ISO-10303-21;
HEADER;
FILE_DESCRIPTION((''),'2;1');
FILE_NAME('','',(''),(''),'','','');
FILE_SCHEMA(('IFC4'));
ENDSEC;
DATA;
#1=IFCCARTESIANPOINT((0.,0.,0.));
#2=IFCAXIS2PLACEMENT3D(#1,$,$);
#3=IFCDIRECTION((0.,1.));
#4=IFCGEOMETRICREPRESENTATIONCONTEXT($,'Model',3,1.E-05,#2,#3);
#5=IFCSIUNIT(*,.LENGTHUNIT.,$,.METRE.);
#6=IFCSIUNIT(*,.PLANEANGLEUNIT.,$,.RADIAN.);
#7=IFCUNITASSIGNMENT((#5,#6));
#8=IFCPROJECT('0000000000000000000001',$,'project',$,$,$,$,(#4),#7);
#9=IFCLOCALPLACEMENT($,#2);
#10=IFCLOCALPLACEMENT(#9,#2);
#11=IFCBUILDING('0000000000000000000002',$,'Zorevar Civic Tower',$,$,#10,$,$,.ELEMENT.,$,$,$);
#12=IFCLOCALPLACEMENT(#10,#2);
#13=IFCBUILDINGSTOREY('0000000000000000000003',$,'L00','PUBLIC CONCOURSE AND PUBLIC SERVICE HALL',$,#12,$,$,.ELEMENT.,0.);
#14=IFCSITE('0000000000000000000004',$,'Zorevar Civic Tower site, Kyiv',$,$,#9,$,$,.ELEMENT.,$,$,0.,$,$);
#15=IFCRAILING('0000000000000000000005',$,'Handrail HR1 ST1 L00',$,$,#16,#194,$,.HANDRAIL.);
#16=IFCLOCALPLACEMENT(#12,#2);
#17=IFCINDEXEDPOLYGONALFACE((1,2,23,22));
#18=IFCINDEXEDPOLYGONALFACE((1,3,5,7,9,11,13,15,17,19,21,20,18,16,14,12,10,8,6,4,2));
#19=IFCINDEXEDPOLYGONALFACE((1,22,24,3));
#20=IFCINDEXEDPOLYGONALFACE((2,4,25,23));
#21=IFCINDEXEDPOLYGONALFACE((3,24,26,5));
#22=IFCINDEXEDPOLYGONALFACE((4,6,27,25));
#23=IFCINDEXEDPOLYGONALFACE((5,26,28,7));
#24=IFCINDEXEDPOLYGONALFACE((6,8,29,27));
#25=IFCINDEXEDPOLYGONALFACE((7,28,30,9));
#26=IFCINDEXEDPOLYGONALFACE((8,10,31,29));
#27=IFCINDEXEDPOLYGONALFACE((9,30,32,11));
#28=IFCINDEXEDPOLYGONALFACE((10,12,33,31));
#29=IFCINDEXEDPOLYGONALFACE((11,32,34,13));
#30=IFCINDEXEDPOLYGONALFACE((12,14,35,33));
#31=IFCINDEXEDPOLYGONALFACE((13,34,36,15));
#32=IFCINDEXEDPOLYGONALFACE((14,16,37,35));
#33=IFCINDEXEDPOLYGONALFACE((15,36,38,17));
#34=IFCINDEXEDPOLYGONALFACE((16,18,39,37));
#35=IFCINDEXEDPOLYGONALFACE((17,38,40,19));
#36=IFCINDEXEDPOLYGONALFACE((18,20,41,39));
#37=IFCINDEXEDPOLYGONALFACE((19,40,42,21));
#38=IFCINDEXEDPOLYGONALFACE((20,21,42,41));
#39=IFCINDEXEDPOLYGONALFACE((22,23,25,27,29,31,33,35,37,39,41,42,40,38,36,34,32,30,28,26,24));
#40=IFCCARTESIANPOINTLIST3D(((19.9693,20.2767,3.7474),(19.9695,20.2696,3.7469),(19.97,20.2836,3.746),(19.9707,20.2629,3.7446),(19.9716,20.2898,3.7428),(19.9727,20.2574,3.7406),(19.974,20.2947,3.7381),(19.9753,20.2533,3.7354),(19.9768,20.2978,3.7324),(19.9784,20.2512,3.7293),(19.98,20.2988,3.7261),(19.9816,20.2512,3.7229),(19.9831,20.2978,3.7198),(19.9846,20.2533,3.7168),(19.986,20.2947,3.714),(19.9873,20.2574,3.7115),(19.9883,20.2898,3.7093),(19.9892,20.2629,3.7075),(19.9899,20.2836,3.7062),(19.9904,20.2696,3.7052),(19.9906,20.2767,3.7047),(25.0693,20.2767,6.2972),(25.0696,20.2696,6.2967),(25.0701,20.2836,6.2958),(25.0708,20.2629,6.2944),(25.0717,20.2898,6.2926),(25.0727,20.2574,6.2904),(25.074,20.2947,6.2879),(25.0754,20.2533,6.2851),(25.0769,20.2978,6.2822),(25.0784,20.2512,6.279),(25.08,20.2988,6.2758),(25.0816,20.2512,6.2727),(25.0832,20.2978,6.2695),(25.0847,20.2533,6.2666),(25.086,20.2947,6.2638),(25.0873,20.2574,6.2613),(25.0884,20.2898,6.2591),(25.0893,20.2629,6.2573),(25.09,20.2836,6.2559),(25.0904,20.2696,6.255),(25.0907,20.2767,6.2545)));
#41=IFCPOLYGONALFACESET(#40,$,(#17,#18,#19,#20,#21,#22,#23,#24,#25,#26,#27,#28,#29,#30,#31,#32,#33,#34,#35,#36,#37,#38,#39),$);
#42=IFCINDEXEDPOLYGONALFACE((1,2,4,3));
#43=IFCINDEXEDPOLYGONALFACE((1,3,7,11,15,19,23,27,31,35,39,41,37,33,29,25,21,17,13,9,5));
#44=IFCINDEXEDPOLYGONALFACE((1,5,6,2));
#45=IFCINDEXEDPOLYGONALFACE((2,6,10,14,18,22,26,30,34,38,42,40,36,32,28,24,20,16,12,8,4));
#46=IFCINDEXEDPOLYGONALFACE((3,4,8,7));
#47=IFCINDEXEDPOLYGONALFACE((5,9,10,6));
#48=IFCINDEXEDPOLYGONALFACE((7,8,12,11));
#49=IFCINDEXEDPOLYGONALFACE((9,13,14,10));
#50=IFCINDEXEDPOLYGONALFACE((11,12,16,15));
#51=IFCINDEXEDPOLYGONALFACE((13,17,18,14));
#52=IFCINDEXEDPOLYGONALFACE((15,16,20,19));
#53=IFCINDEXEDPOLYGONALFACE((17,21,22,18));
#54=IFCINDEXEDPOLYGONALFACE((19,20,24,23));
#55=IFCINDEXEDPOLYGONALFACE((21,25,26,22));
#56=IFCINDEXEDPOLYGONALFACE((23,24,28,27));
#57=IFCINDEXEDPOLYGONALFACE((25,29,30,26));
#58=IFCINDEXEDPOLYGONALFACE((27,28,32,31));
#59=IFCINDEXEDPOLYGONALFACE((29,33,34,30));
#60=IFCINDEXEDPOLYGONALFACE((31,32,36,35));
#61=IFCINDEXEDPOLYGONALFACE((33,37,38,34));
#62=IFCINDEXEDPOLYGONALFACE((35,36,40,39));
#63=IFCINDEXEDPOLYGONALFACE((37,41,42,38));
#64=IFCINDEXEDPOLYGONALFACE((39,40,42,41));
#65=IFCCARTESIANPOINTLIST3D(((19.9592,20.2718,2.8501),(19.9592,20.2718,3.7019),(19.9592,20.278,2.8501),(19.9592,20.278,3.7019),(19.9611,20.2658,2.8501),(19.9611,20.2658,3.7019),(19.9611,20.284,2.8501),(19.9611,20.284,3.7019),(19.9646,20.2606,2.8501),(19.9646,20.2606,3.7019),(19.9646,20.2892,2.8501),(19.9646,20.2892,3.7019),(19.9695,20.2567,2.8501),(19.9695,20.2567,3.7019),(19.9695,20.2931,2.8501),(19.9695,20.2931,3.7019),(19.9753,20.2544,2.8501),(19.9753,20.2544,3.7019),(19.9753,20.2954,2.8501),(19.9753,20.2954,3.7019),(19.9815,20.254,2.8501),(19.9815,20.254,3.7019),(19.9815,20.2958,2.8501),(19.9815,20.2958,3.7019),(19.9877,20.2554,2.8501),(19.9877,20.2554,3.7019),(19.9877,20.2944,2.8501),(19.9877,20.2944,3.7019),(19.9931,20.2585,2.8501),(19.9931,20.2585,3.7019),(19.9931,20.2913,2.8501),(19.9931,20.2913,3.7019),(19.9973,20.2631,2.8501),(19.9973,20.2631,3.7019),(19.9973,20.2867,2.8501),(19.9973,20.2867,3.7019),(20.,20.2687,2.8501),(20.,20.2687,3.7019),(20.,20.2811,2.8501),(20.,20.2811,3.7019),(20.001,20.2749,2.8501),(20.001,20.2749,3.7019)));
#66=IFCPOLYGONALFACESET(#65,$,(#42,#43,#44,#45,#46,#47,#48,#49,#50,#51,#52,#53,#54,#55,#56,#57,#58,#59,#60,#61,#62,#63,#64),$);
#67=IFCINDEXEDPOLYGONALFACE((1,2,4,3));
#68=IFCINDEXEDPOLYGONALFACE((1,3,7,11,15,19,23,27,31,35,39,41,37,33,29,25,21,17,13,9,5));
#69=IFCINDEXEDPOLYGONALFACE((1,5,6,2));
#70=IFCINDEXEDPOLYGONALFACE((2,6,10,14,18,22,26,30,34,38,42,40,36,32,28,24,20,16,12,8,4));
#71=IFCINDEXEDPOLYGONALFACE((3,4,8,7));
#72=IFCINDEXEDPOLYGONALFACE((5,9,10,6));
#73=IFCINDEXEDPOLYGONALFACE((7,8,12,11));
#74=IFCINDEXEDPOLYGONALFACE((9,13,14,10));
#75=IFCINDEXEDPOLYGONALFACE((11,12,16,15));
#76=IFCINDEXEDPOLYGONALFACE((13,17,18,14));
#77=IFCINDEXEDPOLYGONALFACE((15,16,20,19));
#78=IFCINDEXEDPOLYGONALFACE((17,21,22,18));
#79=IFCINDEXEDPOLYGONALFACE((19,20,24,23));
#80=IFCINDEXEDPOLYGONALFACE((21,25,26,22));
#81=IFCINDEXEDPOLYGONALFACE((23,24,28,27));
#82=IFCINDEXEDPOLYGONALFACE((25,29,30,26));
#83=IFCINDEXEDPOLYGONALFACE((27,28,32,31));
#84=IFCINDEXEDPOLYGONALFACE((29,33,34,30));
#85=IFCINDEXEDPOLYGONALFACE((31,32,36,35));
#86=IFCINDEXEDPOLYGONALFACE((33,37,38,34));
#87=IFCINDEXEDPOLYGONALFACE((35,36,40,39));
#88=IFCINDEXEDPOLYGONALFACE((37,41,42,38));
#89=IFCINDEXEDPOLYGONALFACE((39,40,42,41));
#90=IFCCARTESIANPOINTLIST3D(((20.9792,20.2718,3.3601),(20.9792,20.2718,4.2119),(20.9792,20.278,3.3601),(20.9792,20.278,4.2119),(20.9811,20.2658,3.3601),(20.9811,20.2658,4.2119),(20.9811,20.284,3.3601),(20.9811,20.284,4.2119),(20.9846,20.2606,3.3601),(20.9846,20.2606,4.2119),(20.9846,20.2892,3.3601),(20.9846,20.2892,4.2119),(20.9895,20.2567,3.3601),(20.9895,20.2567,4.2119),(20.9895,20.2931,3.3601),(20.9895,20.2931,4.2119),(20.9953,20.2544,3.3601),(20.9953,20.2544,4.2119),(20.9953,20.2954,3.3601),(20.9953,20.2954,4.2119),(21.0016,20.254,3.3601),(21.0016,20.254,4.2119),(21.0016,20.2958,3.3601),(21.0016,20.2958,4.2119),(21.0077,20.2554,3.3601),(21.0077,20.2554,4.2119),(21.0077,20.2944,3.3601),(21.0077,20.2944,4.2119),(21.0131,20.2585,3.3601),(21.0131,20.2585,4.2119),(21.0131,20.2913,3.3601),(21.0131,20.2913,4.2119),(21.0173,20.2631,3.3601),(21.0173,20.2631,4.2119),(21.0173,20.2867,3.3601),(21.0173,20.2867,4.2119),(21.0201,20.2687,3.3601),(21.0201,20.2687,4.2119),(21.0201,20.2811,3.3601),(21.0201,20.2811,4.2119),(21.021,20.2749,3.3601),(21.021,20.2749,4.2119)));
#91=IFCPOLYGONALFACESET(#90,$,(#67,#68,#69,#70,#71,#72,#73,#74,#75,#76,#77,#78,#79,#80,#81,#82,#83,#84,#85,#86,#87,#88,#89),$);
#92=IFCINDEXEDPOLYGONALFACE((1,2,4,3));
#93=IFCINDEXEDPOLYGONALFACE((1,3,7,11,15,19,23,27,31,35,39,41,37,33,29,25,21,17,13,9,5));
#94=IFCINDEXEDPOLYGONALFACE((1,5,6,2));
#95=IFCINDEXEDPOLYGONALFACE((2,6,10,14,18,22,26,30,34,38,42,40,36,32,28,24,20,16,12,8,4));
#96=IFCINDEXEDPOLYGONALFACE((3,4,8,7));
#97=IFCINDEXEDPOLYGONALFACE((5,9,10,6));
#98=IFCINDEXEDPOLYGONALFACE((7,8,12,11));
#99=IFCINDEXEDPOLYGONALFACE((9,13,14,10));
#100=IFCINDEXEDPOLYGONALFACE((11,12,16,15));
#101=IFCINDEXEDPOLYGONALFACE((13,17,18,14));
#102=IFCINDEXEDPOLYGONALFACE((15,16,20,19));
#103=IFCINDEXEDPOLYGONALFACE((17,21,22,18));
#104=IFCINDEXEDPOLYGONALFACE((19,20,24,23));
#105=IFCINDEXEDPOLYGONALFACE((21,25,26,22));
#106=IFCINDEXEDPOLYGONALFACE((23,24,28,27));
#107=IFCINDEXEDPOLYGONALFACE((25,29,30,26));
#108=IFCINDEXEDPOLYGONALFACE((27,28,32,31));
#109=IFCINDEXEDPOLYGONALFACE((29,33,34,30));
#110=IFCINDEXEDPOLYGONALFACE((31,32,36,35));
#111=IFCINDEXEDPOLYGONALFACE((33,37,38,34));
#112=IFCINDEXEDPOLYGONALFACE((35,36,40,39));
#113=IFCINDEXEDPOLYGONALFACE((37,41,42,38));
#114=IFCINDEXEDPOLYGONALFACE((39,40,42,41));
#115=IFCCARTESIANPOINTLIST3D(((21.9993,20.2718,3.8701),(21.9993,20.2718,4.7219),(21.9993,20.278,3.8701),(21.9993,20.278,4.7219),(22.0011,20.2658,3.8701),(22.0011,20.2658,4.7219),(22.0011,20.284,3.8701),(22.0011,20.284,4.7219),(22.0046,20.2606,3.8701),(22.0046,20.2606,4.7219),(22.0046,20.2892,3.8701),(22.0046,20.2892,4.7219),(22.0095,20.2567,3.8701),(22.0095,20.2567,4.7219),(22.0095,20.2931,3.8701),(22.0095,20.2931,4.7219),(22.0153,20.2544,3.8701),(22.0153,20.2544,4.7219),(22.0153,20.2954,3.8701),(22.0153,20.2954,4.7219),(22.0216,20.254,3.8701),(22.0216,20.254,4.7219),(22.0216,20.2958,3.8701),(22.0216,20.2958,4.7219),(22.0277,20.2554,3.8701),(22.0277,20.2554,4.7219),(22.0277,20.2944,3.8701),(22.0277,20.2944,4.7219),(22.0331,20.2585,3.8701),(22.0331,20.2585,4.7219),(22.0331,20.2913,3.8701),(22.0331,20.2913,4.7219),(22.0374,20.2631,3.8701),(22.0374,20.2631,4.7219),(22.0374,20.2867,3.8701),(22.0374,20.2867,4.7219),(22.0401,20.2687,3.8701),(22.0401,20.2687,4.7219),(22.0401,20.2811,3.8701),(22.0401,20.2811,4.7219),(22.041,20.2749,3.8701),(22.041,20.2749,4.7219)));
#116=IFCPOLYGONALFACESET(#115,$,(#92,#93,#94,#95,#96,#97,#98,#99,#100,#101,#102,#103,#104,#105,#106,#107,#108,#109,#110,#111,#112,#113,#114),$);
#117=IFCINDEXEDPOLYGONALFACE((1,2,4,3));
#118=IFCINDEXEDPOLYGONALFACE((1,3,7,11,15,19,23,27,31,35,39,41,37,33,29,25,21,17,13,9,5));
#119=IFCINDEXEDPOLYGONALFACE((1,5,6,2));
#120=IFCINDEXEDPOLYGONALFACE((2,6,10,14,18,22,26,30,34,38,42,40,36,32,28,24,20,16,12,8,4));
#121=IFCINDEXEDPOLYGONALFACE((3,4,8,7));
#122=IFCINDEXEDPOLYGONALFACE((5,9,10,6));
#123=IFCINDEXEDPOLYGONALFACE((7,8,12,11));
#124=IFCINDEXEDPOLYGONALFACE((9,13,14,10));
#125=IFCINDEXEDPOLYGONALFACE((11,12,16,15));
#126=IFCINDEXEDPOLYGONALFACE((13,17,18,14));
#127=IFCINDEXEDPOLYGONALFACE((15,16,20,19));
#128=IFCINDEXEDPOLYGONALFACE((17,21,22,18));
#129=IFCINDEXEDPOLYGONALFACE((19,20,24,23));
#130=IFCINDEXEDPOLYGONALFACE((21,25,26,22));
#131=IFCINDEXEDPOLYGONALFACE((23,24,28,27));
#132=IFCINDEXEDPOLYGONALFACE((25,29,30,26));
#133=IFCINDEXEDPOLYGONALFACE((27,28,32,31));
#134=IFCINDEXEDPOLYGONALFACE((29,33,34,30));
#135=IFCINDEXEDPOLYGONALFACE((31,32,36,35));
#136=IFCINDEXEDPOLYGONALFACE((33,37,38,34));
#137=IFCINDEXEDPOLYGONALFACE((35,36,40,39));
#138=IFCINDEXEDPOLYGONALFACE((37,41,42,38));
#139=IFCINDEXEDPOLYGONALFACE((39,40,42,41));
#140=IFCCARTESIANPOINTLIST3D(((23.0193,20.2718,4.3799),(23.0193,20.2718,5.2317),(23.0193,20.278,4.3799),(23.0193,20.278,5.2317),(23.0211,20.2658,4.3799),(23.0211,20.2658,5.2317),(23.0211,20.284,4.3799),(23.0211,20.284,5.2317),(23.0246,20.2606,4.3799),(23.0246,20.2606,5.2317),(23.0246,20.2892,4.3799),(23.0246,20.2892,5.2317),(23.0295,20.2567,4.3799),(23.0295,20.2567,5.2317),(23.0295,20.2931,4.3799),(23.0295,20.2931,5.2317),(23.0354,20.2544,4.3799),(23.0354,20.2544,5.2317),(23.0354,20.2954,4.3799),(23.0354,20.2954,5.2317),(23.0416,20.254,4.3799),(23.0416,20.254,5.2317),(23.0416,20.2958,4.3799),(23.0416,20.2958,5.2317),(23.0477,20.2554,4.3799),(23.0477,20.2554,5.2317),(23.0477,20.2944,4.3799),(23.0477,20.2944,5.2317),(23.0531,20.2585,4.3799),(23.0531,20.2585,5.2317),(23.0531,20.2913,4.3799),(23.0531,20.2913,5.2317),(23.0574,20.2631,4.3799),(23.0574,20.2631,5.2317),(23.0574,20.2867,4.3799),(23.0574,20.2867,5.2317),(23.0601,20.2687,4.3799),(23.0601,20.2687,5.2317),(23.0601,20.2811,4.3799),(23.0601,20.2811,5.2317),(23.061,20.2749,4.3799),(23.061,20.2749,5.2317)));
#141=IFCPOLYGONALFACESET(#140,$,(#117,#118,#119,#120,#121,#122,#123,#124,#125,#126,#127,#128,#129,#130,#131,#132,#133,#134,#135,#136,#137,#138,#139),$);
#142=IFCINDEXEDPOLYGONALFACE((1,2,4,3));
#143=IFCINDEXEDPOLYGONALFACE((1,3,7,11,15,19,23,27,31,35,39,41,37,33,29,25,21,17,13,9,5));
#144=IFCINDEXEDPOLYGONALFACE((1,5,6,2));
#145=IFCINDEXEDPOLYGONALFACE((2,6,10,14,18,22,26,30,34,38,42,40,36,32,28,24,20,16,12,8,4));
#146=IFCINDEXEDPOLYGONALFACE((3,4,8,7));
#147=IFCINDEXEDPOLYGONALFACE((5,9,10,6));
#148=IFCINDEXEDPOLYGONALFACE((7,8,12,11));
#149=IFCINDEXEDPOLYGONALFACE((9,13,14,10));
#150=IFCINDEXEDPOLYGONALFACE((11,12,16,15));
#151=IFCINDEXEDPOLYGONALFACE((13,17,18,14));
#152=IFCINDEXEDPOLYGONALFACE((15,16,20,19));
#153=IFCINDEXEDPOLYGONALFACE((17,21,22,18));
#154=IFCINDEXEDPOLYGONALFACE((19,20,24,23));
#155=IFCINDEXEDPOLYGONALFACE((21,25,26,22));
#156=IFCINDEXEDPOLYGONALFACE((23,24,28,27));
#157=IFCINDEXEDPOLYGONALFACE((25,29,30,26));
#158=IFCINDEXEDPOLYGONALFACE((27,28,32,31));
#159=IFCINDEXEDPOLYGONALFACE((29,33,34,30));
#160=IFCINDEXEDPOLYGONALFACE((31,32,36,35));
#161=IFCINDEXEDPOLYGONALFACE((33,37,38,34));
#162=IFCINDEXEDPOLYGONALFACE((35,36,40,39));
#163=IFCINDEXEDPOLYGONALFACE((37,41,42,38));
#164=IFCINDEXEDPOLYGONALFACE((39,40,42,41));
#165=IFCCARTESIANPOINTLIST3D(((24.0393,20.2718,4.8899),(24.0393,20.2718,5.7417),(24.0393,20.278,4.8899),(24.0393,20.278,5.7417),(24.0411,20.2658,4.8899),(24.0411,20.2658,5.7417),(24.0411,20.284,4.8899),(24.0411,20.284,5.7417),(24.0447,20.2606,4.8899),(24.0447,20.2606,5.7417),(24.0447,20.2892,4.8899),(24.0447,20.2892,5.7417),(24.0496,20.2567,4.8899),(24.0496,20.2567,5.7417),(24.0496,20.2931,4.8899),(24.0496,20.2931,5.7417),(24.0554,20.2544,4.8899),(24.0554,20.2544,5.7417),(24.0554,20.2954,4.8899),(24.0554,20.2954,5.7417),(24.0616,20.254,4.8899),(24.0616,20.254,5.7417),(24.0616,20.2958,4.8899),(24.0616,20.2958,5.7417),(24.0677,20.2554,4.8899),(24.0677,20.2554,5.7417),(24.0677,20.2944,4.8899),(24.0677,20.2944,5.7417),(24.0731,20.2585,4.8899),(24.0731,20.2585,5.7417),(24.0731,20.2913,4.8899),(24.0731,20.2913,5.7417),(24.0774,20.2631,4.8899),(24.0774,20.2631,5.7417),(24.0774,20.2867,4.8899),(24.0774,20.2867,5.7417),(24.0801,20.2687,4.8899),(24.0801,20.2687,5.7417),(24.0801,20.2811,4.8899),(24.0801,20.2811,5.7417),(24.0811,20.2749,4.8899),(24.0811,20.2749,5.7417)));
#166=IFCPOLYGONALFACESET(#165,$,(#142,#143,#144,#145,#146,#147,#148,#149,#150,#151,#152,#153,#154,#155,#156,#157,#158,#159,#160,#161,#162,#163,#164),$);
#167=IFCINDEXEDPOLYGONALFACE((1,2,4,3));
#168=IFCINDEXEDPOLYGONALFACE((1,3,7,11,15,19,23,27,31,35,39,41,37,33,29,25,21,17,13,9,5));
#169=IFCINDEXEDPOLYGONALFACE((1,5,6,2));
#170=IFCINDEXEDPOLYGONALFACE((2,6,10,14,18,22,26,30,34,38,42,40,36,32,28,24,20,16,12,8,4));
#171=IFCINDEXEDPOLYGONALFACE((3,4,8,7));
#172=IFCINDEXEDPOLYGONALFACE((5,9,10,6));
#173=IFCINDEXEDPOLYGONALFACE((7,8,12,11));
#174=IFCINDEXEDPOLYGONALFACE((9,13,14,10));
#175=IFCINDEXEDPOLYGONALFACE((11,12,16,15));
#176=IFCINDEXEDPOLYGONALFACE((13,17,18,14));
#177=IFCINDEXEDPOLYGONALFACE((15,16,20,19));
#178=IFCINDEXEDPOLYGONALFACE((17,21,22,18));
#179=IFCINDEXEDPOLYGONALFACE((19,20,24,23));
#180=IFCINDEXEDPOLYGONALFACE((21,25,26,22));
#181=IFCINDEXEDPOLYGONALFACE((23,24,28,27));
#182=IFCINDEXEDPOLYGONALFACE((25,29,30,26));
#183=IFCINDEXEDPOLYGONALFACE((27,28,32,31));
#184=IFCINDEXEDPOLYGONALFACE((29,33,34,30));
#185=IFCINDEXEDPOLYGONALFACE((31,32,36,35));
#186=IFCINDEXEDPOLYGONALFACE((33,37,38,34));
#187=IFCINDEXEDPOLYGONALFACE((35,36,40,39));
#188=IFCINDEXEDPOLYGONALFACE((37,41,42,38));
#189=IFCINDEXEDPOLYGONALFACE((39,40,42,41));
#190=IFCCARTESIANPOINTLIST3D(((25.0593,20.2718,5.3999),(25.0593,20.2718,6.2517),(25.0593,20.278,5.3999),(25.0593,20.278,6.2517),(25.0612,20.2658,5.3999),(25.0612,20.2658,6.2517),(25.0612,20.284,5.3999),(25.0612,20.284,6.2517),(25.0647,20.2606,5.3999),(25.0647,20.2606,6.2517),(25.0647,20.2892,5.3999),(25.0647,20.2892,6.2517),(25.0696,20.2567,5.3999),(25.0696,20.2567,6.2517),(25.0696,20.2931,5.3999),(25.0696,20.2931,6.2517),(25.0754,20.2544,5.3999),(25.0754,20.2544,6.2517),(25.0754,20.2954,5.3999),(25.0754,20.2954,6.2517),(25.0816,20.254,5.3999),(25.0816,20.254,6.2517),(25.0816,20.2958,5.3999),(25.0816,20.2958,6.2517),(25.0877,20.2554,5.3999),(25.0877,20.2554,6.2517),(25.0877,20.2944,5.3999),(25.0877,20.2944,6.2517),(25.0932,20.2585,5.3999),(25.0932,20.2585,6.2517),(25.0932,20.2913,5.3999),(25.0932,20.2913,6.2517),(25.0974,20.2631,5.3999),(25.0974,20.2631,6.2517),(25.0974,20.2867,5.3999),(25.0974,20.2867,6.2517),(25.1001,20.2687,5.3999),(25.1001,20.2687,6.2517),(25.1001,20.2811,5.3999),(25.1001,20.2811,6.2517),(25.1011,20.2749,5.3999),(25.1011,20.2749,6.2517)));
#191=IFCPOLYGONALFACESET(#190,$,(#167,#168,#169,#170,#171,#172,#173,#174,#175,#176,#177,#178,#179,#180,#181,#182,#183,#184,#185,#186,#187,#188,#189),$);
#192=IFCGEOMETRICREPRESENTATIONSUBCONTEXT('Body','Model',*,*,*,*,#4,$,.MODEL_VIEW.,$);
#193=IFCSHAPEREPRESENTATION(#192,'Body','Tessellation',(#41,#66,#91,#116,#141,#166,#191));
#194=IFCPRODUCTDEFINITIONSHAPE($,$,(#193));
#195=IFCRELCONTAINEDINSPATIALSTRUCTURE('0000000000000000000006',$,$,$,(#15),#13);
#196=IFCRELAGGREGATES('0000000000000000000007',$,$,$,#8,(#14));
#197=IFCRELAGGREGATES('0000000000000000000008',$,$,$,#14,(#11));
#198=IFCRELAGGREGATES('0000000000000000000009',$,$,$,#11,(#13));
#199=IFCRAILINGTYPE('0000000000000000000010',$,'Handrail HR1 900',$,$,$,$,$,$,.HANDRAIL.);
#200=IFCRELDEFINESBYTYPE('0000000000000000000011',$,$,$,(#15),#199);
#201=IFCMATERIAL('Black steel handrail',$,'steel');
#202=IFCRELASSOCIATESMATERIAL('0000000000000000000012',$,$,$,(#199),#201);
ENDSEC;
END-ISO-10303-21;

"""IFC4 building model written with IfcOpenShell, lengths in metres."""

from ifc_helpers import new_model, si_unit, direction, frame, origin, origin_2d, place, context, subcontext, project, spatial, circle, extrude, material, type_object, element, save


model = new_model("IFC4")

# Units and contexts
model_context = context("Model", 3, precision=1e-05, world=origin(), true_north=direction((0.0, 1.0)))
body_context = subcontext(model_context, "Body", "Model", "MODEL_VIEW")
ifc_project = project(units=[si_unit("LENGTHUNIT", "METRE"), si_unit("PLANEANGLEUNIT", "RADIAN")], contexts=[model_context])

# Site, building, storey
site_placement = place(None, origin())
site = spatial("IfcSite", under=ifc_project, at=site_placement, Name="Zorevar Civic Tower site, Kyiv", CompositionType="ELEMENT", RefElevation=0.0)
building_placement = place(site_placement, origin())
building = spatial("IfcBuilding", under=site, at=building_placement, Name="Zorevar Civic Tower", CompositionType="ELEMENT")
storey_placement = place(building_placement, origin())
storey = spatial("IfcBuildingStorey", under=building, at=storey_placement, Name="L00", Description="PUBLIC CONCOURSE AND PUBLIC SERVICE HALL", CompositionType="ELEMENT", Elevation=0.0)

# Railing
ifc_material_1 = material(Name="Black steel handrail", Category="steel")
railing_type = type_object("IfcRailingType", Name="Handrail HR1 900", PredefinedType="HANDRAIL", material=ifc_material_1)
railing_1_placement = place(storey_placement, frame((19.98, 20.2749, 2.8501)))
element("IfcRailing", 1, at=railing_1_placement, inside=storey, type_object=railing_type, Name="Handrail HR1 ST1 L00", PredefinedType="HANDRAIL", context=body_context, shape_type="SweptSolid", body=[
    extrude(circle(Radius=0.0239, at=origin_2d()), frame((0.0, 0.0, 0.876), z_axis=(0.894444, 0.0, 0.447179), x_axis=(0.0, 1.0, 0.0)), (0.0, 0.0, 1.0), 5.7019),
    extrude(circle(Radius=0.021, at=origin_2d()), origin(), (0.0, 0.0, 1.0), 0.8518),
    extrude(circle(Radius=0.021, at=origin_2d()), frame((1.02, 0.0, 0.51)), (0.0, 0.0, 1.0), 0.8518),
    extrude(circle(Radius=0.021, at=origin_2d()), frame((2.04, 0.0, 1.02)), (0.0, 0.0, 1.0), 0.8518),
    extrude(circle(Radius=0.021, at=origin_2d()), frame((3.0601, 0.0, 1.5298)), (0.0, 0.0, 1.0), 0.8518),
    extrude(circle(Radius=0.021, at=origin_2d()), frame((4.0801, 0.0, 2.0398)), (0.0, 0.0, 1.0), 0.8518),
    extrude(circle(Radius=0.021, at=origin_2d()), frame((5.1001, 0.0, 2.5498)), (0.0, 0.0, 1.0), 0.8518),
])

save(model, "model.ifc")
